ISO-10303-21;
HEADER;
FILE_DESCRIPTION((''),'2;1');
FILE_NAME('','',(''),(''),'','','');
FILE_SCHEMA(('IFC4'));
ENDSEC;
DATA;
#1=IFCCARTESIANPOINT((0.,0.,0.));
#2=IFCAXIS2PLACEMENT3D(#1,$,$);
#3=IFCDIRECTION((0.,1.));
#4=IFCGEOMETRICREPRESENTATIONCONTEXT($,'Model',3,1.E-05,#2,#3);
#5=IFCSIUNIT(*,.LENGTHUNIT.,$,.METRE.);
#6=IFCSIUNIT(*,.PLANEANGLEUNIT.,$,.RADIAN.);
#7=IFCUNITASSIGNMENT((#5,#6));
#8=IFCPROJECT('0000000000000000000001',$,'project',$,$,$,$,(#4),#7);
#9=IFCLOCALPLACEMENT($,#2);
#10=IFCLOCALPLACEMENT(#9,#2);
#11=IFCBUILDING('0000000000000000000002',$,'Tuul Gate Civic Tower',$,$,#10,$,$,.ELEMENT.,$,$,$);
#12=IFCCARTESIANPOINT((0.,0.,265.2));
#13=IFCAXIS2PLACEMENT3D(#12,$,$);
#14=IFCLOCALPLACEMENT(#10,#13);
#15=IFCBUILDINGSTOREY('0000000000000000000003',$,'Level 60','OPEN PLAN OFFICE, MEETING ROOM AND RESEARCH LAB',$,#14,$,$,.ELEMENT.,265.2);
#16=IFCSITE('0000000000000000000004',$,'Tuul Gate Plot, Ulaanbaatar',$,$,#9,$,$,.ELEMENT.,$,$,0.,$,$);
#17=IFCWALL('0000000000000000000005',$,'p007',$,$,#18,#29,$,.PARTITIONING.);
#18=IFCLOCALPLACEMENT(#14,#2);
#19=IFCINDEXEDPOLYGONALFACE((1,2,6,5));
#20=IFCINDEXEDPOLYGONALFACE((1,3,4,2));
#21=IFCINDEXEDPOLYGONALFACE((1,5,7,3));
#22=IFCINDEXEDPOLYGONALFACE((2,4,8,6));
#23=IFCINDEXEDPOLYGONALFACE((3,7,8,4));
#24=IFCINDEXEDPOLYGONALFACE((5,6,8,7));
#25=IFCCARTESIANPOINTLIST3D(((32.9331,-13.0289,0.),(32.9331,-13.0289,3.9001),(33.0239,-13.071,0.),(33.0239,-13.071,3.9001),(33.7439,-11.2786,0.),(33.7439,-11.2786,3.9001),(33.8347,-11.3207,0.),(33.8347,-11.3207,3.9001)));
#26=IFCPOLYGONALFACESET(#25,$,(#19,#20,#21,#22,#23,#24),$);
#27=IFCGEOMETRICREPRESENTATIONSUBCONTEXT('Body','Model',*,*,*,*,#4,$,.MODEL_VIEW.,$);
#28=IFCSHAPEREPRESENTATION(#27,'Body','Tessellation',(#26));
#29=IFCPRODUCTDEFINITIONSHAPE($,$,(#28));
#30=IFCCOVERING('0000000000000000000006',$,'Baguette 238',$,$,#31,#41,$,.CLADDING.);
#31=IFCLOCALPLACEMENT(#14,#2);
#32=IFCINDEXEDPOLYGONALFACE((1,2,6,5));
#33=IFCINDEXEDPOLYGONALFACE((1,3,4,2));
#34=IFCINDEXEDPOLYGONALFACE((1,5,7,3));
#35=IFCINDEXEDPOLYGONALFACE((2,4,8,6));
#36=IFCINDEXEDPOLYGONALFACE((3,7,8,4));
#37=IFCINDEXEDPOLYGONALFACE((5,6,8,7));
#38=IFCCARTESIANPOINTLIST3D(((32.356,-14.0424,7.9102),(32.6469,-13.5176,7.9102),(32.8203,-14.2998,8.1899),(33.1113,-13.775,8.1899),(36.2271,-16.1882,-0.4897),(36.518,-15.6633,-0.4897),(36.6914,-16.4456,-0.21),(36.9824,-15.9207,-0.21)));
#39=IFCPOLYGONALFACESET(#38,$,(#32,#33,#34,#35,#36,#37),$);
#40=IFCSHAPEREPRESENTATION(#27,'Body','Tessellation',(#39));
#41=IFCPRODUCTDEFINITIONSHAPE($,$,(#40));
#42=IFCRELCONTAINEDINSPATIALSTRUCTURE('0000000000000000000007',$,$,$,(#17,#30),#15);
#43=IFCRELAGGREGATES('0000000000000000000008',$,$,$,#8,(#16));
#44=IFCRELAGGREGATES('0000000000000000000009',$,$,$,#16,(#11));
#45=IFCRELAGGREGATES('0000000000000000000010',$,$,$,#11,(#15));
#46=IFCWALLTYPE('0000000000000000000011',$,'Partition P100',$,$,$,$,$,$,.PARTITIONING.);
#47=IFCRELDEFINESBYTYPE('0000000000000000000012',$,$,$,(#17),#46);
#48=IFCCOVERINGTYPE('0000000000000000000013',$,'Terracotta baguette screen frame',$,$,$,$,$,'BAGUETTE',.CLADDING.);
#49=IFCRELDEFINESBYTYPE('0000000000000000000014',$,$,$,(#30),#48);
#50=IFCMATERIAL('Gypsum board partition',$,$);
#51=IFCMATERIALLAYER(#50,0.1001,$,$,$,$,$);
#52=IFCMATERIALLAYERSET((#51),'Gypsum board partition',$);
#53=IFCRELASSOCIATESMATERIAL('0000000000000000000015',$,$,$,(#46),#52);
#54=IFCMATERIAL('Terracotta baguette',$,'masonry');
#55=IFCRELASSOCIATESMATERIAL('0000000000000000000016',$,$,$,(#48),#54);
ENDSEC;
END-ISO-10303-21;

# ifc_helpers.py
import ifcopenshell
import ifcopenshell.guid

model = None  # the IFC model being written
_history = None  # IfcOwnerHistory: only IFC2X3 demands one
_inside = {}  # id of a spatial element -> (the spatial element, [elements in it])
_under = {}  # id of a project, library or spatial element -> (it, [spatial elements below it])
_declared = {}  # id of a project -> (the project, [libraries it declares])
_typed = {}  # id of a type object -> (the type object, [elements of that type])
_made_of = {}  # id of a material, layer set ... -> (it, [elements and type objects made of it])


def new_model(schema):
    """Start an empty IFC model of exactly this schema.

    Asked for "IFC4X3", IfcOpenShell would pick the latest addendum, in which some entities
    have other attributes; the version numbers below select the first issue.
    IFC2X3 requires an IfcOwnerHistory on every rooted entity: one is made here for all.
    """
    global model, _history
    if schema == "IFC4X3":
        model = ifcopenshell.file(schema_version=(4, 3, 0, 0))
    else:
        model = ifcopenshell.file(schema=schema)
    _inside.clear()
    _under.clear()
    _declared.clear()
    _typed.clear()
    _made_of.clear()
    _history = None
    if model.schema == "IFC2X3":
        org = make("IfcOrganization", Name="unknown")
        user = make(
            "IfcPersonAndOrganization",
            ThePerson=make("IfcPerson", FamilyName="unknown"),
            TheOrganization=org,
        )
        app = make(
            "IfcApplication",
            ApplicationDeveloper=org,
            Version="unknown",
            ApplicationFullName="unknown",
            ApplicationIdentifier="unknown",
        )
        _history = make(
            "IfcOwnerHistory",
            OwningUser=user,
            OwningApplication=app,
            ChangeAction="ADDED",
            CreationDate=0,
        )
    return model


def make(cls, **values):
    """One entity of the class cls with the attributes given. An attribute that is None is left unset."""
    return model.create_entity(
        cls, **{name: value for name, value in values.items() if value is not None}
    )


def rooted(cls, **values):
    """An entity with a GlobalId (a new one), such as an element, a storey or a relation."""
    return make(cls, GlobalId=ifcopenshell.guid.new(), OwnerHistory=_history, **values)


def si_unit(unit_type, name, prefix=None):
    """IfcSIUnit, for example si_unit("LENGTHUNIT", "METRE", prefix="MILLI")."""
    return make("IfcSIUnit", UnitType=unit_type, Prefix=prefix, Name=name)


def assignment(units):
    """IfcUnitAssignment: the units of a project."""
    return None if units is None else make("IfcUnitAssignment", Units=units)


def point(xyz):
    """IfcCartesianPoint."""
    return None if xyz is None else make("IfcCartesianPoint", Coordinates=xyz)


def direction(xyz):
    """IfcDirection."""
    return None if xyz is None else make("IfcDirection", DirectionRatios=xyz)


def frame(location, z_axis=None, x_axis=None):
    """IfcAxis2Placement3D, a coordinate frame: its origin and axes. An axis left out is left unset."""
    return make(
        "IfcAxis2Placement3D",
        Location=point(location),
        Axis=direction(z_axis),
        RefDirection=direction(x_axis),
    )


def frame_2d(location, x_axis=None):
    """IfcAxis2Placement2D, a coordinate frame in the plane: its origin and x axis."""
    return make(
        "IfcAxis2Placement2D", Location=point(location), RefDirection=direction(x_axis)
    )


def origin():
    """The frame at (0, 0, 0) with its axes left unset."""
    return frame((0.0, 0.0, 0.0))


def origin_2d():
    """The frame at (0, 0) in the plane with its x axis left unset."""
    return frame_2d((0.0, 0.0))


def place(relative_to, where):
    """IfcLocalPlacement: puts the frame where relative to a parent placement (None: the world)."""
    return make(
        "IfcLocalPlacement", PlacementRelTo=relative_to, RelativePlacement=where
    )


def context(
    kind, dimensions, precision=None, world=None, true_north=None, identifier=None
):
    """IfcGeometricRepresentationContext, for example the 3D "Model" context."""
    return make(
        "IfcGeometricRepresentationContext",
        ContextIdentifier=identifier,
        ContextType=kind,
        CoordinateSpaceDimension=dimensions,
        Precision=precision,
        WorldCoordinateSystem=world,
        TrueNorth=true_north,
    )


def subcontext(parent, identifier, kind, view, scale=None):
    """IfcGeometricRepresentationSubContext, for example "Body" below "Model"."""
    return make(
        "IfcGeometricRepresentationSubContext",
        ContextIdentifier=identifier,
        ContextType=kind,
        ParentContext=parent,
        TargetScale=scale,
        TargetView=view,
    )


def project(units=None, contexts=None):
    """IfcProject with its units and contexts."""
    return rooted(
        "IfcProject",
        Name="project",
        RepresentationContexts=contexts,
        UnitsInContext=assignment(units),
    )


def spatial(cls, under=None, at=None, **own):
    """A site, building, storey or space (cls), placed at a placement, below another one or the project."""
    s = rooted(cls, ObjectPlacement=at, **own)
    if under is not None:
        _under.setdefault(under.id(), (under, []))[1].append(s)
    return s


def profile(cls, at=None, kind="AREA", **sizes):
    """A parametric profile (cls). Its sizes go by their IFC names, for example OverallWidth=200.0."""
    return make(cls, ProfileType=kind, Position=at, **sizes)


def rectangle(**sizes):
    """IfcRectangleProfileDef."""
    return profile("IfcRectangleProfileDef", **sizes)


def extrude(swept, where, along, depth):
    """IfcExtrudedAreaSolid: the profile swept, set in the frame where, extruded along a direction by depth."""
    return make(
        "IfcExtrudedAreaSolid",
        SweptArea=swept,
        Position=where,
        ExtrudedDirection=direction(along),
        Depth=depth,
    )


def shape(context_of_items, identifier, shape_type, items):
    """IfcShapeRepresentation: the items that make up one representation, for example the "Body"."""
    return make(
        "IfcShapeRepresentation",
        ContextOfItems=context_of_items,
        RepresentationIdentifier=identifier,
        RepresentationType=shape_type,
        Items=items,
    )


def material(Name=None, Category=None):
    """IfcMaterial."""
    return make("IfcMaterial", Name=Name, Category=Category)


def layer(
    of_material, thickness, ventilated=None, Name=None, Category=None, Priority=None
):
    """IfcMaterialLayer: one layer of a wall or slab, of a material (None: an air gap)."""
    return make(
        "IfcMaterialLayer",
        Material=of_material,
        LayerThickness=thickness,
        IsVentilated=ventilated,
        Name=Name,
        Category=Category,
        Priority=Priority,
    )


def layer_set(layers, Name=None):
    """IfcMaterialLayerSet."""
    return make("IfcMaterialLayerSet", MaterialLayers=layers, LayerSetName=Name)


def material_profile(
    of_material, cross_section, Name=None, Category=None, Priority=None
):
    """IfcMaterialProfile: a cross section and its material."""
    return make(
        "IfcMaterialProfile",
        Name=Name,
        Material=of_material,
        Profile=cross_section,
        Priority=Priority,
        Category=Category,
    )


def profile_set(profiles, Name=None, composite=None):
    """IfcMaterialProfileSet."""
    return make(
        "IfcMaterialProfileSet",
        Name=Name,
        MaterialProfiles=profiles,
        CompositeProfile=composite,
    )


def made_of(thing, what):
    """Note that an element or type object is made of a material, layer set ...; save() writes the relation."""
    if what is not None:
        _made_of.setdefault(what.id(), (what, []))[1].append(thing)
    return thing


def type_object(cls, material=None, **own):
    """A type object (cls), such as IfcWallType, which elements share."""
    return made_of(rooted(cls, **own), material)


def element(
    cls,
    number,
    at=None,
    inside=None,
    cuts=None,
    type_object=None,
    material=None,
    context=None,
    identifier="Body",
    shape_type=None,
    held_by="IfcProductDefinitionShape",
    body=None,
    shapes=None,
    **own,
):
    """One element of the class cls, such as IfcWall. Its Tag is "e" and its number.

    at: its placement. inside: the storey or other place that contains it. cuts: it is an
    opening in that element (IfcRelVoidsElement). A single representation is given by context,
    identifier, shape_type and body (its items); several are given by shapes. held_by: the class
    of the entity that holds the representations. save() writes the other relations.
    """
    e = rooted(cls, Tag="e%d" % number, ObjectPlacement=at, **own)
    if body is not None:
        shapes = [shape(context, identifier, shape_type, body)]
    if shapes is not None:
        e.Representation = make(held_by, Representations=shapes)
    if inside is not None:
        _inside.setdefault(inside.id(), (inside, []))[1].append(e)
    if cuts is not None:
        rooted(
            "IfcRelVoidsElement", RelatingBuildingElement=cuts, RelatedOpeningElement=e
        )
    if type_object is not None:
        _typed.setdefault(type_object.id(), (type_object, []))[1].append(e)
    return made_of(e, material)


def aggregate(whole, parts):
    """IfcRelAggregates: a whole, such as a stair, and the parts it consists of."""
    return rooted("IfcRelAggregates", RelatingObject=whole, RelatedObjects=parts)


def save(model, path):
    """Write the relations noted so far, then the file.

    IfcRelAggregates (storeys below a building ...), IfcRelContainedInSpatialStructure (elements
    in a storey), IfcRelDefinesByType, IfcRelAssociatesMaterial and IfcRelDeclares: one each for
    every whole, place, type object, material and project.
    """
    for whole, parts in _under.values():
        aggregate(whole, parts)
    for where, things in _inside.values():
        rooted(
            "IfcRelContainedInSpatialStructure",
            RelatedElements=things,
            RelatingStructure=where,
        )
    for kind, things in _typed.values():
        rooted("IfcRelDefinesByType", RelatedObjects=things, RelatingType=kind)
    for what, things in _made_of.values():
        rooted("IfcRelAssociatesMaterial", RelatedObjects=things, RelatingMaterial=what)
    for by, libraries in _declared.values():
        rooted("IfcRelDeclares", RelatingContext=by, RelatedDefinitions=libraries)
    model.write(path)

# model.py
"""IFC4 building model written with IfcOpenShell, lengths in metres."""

from ifc_helpers import new_model, si_unit, direction, frame, frame_2d, origin, origin_2d, place, context, subcontext, project, spatial, rectangle, extrude, material, layer, layer_set, material_profile, profile_set, type_object, element, save


model = new_model("IFC4")

# Units and contexts
model_context = context("Model", 3, precision=1e-05, world=origin(), true_north=direction((0.0, 1.0)))
body_context = subcontext(model_context, "Body", "Model", "MODEL_VIEW")
ifc_project = project(units=[si_unit("LENGTHUNIT", "METRE"), si_unit("PLANEANGLEUNIT", "RADIAN")], contexts=[model_context])

# Site, building, storey
site_placement = place(None, origin())
site = spatial("IfcSite", under=ifc_project, at=site_placement, Name="Tuul Gate Plot, Ulaanbaatar", CompositionType="ELEMENT", RefElevation=0.0)
building_placement = place(site_placement, origin())
building = spatial("IfcBuilding", under=site, at=building_placement, Name="Tuul Gate Civic Tower", CompositionType="ELEMENT")
storey_placement = place(building_placement, frame((0.0, 0.0, 265.2)))
storey = spatial("IfcBuildingStorey", under=building, at=storey_placement, Name="Level 60", Description="OPEN PLAN OFFICE, MEETING ROOM AND RESEARCH LAB", CompositionType="ELEMENT", Elevation=265.2)

# Wall
ifc_material_1 = material(Name="Gypsum board partition")
ifc_layer_1 = layer(ifc_material_1, 0.1001)
ifc_layer_set_1 = layer_set([ifc_layer_1], Name="Gypsum board partition")
wall_type_1 = type_object("IfcWallType", Name="Partition P100", PredefinedType="PARTITIONING", material=ifc_layer_set_1)
wall_1_placement = place(storey_placement, frame((32.9785, -13.0498, 0.0), z_axis=(0.0, 0.0, 1.0), x_axis=(0.420334, 0.907369, 0.0)))
element("IfcWall", 1, at=wall_1_placement, inside=storey, type_object=wall_type_1, Name="p007", PredefinedType="PARTITIONING", context=body_context, shape_type="SweptSolid", body=[
    extrude(rectangle(XDim=1.929, YDim=0.1001, at=frame_2d((0.9644, 0.0))), origin(), (0.0, 0.0, 1.0), 3.9001),
])

# Covering
ifc_material_2 = material(Name="Terracotta baguette", Category="masonry")
ifc_material_profile_1 = material_profile(ifc_material_2, rectangle(XDim=0.6001, YDim=0.6001, at=origin_2d()), Name="Terracotta baguette screen frame")
ifc_profile_set_1 = profile_set([ifc_material_profile_1], Name="Terracotta baguette")
covering_type = type_object("IfcCoveringType", Name="Terracotta baguette screen frame", ElementType="BAGUETTE", PredefinedType="CLADDING", material=ifc_profile_set_1)
covering_placement = place(storey_placement, frame((32.7336, -13.9087, 8.05), z_axis=(0.407714, -0.225996, -0.8847), x_axis=(0.484804, 0.874623, 0.0)))
element("IfcCovering", 2, at=covering_placement, inside=storey, type_object=covering_type, Name="Baguette 238", PredefinedType="CLADDING", context=body_context, shape_type="SweptSolid", body=[
    extrude(rectangle(XDim=0.6001, YDim=0.6001, at=origin_2d()), origin(), (0.0, 0.0, 1.0), 9.4946),
])

save(model, "model.ifc")
